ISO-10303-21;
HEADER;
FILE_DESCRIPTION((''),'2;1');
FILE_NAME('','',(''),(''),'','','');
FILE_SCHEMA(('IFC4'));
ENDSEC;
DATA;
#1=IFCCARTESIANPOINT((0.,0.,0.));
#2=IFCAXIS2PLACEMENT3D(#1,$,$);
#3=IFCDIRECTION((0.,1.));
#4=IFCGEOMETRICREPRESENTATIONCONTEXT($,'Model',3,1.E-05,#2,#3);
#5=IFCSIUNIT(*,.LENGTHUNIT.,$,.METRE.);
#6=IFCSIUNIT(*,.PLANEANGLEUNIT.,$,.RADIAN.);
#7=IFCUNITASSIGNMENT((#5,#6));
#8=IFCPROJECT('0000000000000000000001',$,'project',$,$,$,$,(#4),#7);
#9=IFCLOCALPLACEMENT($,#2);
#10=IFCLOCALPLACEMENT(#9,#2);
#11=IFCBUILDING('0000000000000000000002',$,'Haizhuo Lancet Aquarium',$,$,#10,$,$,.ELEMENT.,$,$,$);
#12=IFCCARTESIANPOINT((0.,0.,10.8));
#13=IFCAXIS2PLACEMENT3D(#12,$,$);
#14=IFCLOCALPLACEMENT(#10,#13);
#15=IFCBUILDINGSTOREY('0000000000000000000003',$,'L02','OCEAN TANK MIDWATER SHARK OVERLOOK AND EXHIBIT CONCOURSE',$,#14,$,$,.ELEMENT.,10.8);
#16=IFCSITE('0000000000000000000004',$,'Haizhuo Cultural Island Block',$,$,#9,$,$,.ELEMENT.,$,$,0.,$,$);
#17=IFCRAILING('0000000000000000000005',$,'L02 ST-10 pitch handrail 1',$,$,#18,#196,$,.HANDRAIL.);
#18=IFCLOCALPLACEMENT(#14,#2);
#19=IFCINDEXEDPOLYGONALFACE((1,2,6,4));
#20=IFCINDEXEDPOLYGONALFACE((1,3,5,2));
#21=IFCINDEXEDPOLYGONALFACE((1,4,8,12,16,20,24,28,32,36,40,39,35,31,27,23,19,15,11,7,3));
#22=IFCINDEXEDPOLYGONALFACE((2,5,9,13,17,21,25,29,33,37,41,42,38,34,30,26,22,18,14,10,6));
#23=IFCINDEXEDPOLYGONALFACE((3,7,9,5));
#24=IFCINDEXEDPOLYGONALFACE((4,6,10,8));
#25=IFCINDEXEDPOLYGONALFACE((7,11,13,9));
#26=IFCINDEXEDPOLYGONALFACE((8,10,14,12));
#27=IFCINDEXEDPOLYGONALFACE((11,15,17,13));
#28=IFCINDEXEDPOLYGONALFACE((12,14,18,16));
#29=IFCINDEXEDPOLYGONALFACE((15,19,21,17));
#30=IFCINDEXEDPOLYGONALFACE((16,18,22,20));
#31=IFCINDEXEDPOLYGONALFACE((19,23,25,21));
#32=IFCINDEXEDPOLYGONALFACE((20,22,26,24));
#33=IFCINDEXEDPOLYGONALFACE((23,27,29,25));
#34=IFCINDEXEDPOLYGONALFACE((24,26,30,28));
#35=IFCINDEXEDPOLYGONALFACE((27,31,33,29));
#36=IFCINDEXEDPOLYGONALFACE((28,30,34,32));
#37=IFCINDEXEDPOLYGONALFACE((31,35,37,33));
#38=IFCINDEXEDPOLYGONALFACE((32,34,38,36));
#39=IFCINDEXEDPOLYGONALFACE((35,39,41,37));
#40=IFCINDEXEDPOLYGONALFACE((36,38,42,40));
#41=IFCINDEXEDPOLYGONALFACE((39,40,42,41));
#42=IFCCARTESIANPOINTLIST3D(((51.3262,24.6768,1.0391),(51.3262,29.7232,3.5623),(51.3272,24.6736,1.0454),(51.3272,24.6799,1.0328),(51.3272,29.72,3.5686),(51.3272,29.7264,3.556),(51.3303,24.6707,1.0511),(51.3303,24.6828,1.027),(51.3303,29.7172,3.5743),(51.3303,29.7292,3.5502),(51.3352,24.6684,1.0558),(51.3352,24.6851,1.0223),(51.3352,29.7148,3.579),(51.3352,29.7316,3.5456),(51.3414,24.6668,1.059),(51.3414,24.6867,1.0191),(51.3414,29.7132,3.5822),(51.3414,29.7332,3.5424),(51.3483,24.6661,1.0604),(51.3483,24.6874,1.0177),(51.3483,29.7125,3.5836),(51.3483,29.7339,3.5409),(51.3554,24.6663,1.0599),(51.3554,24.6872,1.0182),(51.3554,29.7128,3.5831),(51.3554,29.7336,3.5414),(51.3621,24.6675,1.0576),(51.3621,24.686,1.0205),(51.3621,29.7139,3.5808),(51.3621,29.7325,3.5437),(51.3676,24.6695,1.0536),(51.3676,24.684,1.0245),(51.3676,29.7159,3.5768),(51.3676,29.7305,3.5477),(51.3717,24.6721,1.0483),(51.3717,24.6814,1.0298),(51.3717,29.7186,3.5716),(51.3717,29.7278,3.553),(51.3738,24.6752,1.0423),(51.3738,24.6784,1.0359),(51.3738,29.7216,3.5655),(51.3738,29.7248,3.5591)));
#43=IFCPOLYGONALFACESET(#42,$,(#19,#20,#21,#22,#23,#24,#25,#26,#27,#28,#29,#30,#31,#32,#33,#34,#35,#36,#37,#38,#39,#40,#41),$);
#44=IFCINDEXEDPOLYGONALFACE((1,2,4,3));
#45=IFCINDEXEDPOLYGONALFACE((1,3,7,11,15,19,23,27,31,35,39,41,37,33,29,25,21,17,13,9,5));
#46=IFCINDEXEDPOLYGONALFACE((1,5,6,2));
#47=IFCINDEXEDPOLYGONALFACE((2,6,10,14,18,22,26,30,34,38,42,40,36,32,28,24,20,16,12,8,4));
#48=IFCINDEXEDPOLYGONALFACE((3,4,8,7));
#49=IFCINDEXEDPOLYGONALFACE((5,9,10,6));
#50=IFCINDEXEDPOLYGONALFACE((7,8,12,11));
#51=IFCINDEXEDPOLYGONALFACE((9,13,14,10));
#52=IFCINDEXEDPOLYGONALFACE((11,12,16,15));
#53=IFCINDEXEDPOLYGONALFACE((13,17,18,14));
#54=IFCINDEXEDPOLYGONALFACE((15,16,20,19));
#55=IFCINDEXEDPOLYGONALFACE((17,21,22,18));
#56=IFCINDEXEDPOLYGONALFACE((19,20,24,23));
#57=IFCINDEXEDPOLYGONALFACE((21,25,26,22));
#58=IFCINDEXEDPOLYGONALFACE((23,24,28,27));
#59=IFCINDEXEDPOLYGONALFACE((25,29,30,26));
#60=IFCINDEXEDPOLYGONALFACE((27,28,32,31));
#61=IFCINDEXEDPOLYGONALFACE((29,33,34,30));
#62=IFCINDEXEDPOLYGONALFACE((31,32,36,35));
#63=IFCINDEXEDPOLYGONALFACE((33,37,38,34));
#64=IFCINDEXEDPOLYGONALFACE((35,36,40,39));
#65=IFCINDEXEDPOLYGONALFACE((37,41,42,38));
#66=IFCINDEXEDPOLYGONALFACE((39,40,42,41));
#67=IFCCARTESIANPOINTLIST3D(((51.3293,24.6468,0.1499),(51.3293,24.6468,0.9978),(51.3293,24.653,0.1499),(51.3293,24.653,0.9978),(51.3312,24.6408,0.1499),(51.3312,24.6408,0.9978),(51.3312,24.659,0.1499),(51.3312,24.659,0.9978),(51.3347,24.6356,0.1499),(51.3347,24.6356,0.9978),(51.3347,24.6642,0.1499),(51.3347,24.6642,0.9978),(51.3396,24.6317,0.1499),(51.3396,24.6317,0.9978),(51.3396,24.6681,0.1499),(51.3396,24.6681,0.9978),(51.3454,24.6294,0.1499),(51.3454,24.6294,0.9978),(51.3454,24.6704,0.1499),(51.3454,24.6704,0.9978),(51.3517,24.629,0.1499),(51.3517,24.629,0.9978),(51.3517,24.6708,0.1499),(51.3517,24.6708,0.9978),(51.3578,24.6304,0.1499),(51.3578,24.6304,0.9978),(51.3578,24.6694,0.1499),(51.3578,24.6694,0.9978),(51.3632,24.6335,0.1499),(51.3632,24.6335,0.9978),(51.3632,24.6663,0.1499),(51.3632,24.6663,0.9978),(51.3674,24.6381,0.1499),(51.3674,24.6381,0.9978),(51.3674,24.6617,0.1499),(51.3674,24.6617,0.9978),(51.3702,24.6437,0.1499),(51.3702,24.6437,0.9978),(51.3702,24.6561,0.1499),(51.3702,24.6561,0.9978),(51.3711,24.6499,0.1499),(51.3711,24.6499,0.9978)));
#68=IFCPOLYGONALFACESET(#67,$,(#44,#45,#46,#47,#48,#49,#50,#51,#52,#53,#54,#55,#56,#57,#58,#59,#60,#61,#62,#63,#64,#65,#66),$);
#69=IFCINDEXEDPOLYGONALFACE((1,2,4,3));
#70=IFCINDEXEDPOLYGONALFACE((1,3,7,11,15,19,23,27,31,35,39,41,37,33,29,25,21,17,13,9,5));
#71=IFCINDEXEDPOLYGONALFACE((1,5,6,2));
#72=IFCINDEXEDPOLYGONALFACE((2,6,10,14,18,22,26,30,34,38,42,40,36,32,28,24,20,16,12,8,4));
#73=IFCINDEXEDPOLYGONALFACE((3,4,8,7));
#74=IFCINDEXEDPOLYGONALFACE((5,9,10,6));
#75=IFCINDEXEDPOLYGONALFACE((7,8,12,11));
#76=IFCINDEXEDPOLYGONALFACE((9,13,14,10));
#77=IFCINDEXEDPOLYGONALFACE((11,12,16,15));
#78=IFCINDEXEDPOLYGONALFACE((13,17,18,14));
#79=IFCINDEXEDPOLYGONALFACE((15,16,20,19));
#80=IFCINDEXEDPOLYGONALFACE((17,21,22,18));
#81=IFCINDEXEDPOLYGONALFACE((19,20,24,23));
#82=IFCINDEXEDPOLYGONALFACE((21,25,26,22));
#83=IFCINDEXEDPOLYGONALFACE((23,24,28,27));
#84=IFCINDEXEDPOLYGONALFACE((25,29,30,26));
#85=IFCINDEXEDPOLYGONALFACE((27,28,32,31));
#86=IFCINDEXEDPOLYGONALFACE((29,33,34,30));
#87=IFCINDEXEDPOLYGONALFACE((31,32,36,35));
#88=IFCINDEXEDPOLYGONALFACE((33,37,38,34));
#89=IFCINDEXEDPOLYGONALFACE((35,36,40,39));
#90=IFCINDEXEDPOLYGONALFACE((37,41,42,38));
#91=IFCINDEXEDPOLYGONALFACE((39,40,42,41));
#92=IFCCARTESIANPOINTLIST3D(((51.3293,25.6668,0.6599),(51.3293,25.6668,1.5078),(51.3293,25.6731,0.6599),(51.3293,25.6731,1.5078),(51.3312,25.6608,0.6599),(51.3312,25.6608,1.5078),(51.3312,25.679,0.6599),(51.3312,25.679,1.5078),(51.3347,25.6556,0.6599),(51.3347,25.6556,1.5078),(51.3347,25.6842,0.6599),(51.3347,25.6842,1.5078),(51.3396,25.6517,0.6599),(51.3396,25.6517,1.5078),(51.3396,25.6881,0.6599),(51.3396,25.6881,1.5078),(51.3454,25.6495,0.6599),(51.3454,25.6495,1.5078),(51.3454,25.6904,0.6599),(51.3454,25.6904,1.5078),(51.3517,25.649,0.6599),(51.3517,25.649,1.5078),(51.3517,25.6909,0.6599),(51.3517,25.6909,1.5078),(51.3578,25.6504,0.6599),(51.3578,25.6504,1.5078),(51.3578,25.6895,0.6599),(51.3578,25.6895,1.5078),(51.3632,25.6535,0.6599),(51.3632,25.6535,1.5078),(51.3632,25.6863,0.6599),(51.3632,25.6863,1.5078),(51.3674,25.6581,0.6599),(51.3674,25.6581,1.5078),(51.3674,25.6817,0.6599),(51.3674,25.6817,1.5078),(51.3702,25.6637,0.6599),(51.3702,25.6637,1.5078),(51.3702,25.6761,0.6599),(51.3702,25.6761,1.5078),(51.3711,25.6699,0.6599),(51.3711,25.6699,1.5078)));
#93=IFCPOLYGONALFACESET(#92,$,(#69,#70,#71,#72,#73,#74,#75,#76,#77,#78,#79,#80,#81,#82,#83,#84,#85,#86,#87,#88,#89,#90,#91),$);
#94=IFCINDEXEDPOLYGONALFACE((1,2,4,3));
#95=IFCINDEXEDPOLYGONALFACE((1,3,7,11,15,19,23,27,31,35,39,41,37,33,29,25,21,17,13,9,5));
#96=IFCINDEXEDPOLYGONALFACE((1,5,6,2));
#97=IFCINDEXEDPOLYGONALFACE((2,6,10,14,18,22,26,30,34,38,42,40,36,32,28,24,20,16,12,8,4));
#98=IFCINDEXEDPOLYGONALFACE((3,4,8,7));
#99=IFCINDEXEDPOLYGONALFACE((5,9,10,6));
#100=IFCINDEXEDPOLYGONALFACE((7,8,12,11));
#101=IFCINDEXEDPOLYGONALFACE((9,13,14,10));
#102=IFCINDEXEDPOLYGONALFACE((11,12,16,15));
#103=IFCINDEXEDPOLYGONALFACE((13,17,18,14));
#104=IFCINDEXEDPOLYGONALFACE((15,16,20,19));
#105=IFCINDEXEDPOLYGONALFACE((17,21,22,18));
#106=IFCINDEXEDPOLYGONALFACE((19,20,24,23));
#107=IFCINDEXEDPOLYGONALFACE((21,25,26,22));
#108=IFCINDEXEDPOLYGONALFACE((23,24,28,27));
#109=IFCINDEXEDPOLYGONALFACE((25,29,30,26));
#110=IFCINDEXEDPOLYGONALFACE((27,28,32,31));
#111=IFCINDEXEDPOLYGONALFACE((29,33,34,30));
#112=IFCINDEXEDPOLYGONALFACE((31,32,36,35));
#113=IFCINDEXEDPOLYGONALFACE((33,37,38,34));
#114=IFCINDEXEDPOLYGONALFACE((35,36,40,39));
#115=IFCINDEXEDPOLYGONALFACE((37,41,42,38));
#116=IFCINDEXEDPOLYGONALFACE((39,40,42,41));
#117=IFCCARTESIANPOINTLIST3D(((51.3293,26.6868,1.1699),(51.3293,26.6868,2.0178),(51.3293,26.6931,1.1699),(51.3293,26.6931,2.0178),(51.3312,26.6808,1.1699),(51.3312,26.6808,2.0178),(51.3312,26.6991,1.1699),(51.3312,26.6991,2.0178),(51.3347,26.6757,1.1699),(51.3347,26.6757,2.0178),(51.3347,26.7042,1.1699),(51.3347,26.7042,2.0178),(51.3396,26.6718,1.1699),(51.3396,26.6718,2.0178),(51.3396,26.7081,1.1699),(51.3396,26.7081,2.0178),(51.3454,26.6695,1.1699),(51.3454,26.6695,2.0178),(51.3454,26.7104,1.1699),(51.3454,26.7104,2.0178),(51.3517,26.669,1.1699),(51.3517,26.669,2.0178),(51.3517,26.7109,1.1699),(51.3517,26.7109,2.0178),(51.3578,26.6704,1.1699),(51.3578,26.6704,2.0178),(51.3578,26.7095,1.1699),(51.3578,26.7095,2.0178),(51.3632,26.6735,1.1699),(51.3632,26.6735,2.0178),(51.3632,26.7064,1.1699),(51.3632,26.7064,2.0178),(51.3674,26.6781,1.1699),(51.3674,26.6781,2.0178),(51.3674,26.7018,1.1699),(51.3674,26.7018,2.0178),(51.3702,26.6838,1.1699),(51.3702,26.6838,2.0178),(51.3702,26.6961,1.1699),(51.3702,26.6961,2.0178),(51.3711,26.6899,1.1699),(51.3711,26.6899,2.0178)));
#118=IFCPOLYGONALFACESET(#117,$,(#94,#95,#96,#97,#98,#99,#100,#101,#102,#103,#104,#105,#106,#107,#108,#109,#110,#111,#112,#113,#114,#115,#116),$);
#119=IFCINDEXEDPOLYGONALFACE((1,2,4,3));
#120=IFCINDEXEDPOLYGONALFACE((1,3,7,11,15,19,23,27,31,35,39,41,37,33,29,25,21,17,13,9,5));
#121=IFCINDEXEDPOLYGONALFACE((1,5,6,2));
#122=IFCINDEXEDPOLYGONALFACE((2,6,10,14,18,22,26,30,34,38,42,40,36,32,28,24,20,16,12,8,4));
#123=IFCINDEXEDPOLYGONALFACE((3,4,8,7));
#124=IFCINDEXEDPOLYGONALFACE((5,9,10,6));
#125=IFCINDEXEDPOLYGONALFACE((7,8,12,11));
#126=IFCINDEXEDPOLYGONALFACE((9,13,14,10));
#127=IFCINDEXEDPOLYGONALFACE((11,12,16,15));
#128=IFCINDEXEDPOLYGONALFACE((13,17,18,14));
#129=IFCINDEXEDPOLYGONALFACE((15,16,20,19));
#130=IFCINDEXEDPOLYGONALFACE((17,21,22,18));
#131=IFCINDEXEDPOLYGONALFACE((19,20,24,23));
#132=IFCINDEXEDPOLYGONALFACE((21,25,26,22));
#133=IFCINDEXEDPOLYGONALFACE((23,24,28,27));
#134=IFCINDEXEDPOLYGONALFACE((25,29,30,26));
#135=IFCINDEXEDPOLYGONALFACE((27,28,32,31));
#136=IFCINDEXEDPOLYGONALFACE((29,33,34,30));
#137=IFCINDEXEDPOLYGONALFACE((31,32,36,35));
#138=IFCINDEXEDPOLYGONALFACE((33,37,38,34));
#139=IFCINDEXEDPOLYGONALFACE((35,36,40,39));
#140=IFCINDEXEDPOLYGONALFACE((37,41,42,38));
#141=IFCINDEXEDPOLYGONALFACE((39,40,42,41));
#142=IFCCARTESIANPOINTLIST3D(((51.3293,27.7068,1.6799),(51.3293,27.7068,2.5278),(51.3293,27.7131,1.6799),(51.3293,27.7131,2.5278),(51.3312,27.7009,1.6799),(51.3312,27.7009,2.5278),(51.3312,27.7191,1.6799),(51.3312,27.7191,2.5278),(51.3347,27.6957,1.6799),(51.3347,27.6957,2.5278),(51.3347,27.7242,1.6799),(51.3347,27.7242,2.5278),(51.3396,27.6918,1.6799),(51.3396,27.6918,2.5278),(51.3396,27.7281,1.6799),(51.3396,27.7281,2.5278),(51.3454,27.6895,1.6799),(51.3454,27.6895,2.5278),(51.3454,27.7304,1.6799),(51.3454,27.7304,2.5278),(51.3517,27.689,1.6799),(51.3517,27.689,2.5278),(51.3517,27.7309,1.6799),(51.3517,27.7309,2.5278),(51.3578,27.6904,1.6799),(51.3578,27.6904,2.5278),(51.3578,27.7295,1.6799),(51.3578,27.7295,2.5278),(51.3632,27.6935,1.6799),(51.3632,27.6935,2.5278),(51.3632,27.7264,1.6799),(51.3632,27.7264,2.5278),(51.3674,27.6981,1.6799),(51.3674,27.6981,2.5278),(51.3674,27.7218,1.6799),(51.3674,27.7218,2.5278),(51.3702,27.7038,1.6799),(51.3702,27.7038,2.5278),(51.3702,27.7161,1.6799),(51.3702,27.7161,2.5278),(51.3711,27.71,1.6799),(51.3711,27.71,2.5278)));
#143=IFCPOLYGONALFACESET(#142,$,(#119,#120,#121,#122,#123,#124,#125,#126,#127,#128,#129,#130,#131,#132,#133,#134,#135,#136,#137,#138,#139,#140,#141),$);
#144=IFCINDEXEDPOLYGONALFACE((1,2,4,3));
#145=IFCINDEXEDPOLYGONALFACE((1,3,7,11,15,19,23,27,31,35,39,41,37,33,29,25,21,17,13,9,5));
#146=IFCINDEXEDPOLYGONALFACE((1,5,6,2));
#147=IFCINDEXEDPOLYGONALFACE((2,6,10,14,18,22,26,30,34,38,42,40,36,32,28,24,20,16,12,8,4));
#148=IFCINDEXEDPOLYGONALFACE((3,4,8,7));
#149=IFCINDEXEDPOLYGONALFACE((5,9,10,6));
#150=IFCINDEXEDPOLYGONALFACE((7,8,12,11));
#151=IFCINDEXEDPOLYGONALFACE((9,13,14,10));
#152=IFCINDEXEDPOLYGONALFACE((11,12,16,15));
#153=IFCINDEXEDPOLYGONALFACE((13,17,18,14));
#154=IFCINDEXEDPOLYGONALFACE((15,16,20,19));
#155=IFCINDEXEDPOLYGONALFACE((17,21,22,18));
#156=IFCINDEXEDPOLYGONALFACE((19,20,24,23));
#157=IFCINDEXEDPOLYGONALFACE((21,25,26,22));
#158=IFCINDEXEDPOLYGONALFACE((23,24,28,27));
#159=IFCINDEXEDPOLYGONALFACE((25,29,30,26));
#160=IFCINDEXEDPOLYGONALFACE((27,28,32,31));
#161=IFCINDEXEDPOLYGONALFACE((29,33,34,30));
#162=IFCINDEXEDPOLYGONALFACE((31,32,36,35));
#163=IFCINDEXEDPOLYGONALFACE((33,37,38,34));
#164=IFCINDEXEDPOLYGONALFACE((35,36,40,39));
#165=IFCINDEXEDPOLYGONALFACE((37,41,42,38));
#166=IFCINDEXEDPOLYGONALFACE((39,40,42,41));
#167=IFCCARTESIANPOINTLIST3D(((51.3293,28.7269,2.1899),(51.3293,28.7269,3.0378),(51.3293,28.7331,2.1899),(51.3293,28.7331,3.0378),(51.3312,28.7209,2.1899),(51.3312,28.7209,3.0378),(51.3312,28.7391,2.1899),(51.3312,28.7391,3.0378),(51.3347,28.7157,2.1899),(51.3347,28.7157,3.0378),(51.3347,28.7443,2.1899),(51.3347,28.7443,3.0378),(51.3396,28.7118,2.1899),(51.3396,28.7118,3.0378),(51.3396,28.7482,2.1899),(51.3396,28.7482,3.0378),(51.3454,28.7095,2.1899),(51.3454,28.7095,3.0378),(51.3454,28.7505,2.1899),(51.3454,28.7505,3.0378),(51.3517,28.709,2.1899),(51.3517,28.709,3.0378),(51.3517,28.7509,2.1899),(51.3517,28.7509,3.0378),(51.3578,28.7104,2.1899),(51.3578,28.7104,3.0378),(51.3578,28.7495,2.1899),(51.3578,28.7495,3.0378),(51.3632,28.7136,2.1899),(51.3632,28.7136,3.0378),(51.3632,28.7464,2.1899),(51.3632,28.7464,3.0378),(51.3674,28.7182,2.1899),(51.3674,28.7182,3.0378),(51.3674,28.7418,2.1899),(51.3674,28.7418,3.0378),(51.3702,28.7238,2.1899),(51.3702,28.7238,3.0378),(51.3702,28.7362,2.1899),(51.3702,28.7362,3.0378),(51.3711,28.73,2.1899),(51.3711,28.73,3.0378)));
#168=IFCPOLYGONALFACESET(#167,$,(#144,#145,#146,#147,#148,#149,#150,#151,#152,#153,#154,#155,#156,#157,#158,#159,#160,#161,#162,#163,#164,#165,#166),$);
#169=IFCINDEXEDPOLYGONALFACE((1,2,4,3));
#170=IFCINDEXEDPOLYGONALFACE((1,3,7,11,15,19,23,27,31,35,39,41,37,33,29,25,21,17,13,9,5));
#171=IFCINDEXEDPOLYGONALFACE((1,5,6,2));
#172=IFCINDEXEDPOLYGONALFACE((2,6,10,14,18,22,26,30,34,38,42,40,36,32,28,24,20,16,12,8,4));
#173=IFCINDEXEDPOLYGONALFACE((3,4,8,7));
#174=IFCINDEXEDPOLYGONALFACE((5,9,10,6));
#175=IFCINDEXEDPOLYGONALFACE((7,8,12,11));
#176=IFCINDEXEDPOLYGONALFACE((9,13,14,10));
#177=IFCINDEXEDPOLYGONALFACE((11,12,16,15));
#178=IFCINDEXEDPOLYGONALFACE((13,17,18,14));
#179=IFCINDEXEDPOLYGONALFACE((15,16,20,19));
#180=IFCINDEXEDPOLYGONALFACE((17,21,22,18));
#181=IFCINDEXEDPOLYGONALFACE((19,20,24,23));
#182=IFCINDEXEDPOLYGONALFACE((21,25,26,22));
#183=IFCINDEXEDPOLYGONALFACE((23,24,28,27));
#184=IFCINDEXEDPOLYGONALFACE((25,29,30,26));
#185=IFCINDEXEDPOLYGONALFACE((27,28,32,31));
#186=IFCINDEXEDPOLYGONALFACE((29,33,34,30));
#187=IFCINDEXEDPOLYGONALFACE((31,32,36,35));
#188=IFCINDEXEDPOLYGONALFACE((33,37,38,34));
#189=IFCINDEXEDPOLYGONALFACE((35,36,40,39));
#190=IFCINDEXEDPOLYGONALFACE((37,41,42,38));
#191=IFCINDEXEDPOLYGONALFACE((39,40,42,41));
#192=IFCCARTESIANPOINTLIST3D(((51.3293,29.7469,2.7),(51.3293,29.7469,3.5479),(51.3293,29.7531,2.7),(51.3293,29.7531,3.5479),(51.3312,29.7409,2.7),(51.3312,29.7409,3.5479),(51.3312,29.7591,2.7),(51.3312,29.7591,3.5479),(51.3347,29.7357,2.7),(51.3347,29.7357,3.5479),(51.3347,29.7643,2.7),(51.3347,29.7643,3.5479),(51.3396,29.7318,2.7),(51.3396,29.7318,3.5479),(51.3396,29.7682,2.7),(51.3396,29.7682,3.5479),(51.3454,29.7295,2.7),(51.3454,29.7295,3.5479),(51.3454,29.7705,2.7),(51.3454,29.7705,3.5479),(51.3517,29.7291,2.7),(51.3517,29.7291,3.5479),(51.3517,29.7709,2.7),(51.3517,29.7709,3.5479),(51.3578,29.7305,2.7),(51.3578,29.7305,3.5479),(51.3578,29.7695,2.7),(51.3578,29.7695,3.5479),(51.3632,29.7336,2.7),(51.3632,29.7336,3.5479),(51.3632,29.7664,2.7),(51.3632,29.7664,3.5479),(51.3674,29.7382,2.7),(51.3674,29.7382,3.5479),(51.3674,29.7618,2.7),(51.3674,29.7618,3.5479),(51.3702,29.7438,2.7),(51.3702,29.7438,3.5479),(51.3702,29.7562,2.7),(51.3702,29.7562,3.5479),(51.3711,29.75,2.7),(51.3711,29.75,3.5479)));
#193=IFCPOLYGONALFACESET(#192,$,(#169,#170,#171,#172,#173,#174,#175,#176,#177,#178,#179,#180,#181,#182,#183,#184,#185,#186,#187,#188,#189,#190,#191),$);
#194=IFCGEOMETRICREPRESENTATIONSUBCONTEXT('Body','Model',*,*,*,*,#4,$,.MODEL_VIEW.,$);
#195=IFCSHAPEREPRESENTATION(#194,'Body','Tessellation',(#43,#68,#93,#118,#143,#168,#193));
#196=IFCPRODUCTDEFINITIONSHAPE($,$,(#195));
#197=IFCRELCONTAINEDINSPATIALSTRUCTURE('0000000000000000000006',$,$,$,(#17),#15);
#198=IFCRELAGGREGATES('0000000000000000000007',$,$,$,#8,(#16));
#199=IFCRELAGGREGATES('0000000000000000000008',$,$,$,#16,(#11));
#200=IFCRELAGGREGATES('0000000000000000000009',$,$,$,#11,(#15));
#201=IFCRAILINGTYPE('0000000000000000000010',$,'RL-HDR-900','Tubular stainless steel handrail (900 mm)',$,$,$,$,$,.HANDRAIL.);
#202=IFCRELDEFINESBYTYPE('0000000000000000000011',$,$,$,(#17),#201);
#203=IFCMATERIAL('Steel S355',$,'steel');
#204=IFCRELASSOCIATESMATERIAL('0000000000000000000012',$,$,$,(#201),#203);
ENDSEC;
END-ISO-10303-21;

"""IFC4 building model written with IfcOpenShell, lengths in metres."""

from ifc_helpers import new_model, si_unit, direction, frame, origin, origin_2d, place, context, subcontext, project, spatial, circle, extrude, material, type_object, element, save


model = new_model("IFC4")

# Units and contexts
model_context = context("Model", 3, precision=1e-05, world=origin(), true_north=direction((0.0, 1.0)))
body_context = subcontext(model_context, "Body", "Model", "MODEL_VIEW")
ifc_project = project(units=[si_unit("LENGTHUNIT", "METRE"), si_unit("PLANEANGLEUNIT", "RADIAN")], contexts=[model_context])

# Site, building, storey
site_placement = place(None, origin())
site = spatial("IfcSite", under=ifc_project, at=site_placement, Name="Haizhuo Cultural Island Block", CompositionType="ELEMENT", RefElevation=0.0)
building_placement = place(site_placement, origin())
building = spatial("IfcBuilding", under=site, at=building_placement, Name="Haizhuo Lancet Aquarium", CompositionType="ELEMENT")
storey_placement = place(building_placement, frame((0.0, 0.0, 10.8)))
storey = spatial("IfcBuildingStorey", under=building, at=storey_placement, Name="L02", Description="OCEAN TANK MIDWATER SHARK OVERLOOK AND EXHIBIT CONCOURSE", CompositionType="ELEMENT", Elevation=10.8)

# Shared definitions
ifc_material_1 = material(Name="Steel S355", Category="steel")

# Railing
railing_type_1 = type_object("IfcRailingType", Name="RL-HDR-900", Description="Tubular stainless steel handrail (900 mm)", PredefinedType="HANDRAIL", material=ifc_material_1)
railing_1_placement = place(storey_placement, frame((51.3501, 24.6499, 0.1499)))
element("IfcRailing", 1, at=railing_1_placement, inside=storey, type_object=railing_type_1, Name="L02 ST-10 pitch handrail 1", PredefinedType="HANDRAIL", context=body_context, shape_type="SweptSolid", body=[
    extrude(circle(Radius=0.0239, at=origin_2d()), frame((0.0, 0.0269, 0.8892), z_axis=(0.0, 0.894427, 0.447214), x_axis=(-1.0, 0.0, 0.0)), (0.0, 0.0, 1.0), 5.6421),
    extrude(circle(Radius=0.021, at=origin_2d()), origin(), (0.0, 0.0, 1.0), 0.8479),
    extrude(circle(Radius=0.021, at=origin_2d()), frame((0.0, 1.02, 0.51)), (0.0, 0.0, 1.0), 0.8479),
    extrude(circle(Radius=0.021, at=origin_2d()), frame((0.0, 2.04, 1.02)), (0.0, 0.0, 1.0), 0.8479),
    extrude(circle(Radius=0.021, at=origin_2d()), frame((0.0, 3.0601, 1.53)), (0.0, 0.0, 1.0), 0.8479),
    extrude(circle(Radius=0.021, at=origin_2d()), frame((0.0, 4.0801, 2.04)), (0.0, 0.0, 1.0), 0.8479),
    extrude(circle(Radius=0.021, at=origin_2d()), frame((0.0, 5.1001, 2.55)), (0.0, 0.0, 1.0), 0.8479),
])

save(model, "model.ifc")
